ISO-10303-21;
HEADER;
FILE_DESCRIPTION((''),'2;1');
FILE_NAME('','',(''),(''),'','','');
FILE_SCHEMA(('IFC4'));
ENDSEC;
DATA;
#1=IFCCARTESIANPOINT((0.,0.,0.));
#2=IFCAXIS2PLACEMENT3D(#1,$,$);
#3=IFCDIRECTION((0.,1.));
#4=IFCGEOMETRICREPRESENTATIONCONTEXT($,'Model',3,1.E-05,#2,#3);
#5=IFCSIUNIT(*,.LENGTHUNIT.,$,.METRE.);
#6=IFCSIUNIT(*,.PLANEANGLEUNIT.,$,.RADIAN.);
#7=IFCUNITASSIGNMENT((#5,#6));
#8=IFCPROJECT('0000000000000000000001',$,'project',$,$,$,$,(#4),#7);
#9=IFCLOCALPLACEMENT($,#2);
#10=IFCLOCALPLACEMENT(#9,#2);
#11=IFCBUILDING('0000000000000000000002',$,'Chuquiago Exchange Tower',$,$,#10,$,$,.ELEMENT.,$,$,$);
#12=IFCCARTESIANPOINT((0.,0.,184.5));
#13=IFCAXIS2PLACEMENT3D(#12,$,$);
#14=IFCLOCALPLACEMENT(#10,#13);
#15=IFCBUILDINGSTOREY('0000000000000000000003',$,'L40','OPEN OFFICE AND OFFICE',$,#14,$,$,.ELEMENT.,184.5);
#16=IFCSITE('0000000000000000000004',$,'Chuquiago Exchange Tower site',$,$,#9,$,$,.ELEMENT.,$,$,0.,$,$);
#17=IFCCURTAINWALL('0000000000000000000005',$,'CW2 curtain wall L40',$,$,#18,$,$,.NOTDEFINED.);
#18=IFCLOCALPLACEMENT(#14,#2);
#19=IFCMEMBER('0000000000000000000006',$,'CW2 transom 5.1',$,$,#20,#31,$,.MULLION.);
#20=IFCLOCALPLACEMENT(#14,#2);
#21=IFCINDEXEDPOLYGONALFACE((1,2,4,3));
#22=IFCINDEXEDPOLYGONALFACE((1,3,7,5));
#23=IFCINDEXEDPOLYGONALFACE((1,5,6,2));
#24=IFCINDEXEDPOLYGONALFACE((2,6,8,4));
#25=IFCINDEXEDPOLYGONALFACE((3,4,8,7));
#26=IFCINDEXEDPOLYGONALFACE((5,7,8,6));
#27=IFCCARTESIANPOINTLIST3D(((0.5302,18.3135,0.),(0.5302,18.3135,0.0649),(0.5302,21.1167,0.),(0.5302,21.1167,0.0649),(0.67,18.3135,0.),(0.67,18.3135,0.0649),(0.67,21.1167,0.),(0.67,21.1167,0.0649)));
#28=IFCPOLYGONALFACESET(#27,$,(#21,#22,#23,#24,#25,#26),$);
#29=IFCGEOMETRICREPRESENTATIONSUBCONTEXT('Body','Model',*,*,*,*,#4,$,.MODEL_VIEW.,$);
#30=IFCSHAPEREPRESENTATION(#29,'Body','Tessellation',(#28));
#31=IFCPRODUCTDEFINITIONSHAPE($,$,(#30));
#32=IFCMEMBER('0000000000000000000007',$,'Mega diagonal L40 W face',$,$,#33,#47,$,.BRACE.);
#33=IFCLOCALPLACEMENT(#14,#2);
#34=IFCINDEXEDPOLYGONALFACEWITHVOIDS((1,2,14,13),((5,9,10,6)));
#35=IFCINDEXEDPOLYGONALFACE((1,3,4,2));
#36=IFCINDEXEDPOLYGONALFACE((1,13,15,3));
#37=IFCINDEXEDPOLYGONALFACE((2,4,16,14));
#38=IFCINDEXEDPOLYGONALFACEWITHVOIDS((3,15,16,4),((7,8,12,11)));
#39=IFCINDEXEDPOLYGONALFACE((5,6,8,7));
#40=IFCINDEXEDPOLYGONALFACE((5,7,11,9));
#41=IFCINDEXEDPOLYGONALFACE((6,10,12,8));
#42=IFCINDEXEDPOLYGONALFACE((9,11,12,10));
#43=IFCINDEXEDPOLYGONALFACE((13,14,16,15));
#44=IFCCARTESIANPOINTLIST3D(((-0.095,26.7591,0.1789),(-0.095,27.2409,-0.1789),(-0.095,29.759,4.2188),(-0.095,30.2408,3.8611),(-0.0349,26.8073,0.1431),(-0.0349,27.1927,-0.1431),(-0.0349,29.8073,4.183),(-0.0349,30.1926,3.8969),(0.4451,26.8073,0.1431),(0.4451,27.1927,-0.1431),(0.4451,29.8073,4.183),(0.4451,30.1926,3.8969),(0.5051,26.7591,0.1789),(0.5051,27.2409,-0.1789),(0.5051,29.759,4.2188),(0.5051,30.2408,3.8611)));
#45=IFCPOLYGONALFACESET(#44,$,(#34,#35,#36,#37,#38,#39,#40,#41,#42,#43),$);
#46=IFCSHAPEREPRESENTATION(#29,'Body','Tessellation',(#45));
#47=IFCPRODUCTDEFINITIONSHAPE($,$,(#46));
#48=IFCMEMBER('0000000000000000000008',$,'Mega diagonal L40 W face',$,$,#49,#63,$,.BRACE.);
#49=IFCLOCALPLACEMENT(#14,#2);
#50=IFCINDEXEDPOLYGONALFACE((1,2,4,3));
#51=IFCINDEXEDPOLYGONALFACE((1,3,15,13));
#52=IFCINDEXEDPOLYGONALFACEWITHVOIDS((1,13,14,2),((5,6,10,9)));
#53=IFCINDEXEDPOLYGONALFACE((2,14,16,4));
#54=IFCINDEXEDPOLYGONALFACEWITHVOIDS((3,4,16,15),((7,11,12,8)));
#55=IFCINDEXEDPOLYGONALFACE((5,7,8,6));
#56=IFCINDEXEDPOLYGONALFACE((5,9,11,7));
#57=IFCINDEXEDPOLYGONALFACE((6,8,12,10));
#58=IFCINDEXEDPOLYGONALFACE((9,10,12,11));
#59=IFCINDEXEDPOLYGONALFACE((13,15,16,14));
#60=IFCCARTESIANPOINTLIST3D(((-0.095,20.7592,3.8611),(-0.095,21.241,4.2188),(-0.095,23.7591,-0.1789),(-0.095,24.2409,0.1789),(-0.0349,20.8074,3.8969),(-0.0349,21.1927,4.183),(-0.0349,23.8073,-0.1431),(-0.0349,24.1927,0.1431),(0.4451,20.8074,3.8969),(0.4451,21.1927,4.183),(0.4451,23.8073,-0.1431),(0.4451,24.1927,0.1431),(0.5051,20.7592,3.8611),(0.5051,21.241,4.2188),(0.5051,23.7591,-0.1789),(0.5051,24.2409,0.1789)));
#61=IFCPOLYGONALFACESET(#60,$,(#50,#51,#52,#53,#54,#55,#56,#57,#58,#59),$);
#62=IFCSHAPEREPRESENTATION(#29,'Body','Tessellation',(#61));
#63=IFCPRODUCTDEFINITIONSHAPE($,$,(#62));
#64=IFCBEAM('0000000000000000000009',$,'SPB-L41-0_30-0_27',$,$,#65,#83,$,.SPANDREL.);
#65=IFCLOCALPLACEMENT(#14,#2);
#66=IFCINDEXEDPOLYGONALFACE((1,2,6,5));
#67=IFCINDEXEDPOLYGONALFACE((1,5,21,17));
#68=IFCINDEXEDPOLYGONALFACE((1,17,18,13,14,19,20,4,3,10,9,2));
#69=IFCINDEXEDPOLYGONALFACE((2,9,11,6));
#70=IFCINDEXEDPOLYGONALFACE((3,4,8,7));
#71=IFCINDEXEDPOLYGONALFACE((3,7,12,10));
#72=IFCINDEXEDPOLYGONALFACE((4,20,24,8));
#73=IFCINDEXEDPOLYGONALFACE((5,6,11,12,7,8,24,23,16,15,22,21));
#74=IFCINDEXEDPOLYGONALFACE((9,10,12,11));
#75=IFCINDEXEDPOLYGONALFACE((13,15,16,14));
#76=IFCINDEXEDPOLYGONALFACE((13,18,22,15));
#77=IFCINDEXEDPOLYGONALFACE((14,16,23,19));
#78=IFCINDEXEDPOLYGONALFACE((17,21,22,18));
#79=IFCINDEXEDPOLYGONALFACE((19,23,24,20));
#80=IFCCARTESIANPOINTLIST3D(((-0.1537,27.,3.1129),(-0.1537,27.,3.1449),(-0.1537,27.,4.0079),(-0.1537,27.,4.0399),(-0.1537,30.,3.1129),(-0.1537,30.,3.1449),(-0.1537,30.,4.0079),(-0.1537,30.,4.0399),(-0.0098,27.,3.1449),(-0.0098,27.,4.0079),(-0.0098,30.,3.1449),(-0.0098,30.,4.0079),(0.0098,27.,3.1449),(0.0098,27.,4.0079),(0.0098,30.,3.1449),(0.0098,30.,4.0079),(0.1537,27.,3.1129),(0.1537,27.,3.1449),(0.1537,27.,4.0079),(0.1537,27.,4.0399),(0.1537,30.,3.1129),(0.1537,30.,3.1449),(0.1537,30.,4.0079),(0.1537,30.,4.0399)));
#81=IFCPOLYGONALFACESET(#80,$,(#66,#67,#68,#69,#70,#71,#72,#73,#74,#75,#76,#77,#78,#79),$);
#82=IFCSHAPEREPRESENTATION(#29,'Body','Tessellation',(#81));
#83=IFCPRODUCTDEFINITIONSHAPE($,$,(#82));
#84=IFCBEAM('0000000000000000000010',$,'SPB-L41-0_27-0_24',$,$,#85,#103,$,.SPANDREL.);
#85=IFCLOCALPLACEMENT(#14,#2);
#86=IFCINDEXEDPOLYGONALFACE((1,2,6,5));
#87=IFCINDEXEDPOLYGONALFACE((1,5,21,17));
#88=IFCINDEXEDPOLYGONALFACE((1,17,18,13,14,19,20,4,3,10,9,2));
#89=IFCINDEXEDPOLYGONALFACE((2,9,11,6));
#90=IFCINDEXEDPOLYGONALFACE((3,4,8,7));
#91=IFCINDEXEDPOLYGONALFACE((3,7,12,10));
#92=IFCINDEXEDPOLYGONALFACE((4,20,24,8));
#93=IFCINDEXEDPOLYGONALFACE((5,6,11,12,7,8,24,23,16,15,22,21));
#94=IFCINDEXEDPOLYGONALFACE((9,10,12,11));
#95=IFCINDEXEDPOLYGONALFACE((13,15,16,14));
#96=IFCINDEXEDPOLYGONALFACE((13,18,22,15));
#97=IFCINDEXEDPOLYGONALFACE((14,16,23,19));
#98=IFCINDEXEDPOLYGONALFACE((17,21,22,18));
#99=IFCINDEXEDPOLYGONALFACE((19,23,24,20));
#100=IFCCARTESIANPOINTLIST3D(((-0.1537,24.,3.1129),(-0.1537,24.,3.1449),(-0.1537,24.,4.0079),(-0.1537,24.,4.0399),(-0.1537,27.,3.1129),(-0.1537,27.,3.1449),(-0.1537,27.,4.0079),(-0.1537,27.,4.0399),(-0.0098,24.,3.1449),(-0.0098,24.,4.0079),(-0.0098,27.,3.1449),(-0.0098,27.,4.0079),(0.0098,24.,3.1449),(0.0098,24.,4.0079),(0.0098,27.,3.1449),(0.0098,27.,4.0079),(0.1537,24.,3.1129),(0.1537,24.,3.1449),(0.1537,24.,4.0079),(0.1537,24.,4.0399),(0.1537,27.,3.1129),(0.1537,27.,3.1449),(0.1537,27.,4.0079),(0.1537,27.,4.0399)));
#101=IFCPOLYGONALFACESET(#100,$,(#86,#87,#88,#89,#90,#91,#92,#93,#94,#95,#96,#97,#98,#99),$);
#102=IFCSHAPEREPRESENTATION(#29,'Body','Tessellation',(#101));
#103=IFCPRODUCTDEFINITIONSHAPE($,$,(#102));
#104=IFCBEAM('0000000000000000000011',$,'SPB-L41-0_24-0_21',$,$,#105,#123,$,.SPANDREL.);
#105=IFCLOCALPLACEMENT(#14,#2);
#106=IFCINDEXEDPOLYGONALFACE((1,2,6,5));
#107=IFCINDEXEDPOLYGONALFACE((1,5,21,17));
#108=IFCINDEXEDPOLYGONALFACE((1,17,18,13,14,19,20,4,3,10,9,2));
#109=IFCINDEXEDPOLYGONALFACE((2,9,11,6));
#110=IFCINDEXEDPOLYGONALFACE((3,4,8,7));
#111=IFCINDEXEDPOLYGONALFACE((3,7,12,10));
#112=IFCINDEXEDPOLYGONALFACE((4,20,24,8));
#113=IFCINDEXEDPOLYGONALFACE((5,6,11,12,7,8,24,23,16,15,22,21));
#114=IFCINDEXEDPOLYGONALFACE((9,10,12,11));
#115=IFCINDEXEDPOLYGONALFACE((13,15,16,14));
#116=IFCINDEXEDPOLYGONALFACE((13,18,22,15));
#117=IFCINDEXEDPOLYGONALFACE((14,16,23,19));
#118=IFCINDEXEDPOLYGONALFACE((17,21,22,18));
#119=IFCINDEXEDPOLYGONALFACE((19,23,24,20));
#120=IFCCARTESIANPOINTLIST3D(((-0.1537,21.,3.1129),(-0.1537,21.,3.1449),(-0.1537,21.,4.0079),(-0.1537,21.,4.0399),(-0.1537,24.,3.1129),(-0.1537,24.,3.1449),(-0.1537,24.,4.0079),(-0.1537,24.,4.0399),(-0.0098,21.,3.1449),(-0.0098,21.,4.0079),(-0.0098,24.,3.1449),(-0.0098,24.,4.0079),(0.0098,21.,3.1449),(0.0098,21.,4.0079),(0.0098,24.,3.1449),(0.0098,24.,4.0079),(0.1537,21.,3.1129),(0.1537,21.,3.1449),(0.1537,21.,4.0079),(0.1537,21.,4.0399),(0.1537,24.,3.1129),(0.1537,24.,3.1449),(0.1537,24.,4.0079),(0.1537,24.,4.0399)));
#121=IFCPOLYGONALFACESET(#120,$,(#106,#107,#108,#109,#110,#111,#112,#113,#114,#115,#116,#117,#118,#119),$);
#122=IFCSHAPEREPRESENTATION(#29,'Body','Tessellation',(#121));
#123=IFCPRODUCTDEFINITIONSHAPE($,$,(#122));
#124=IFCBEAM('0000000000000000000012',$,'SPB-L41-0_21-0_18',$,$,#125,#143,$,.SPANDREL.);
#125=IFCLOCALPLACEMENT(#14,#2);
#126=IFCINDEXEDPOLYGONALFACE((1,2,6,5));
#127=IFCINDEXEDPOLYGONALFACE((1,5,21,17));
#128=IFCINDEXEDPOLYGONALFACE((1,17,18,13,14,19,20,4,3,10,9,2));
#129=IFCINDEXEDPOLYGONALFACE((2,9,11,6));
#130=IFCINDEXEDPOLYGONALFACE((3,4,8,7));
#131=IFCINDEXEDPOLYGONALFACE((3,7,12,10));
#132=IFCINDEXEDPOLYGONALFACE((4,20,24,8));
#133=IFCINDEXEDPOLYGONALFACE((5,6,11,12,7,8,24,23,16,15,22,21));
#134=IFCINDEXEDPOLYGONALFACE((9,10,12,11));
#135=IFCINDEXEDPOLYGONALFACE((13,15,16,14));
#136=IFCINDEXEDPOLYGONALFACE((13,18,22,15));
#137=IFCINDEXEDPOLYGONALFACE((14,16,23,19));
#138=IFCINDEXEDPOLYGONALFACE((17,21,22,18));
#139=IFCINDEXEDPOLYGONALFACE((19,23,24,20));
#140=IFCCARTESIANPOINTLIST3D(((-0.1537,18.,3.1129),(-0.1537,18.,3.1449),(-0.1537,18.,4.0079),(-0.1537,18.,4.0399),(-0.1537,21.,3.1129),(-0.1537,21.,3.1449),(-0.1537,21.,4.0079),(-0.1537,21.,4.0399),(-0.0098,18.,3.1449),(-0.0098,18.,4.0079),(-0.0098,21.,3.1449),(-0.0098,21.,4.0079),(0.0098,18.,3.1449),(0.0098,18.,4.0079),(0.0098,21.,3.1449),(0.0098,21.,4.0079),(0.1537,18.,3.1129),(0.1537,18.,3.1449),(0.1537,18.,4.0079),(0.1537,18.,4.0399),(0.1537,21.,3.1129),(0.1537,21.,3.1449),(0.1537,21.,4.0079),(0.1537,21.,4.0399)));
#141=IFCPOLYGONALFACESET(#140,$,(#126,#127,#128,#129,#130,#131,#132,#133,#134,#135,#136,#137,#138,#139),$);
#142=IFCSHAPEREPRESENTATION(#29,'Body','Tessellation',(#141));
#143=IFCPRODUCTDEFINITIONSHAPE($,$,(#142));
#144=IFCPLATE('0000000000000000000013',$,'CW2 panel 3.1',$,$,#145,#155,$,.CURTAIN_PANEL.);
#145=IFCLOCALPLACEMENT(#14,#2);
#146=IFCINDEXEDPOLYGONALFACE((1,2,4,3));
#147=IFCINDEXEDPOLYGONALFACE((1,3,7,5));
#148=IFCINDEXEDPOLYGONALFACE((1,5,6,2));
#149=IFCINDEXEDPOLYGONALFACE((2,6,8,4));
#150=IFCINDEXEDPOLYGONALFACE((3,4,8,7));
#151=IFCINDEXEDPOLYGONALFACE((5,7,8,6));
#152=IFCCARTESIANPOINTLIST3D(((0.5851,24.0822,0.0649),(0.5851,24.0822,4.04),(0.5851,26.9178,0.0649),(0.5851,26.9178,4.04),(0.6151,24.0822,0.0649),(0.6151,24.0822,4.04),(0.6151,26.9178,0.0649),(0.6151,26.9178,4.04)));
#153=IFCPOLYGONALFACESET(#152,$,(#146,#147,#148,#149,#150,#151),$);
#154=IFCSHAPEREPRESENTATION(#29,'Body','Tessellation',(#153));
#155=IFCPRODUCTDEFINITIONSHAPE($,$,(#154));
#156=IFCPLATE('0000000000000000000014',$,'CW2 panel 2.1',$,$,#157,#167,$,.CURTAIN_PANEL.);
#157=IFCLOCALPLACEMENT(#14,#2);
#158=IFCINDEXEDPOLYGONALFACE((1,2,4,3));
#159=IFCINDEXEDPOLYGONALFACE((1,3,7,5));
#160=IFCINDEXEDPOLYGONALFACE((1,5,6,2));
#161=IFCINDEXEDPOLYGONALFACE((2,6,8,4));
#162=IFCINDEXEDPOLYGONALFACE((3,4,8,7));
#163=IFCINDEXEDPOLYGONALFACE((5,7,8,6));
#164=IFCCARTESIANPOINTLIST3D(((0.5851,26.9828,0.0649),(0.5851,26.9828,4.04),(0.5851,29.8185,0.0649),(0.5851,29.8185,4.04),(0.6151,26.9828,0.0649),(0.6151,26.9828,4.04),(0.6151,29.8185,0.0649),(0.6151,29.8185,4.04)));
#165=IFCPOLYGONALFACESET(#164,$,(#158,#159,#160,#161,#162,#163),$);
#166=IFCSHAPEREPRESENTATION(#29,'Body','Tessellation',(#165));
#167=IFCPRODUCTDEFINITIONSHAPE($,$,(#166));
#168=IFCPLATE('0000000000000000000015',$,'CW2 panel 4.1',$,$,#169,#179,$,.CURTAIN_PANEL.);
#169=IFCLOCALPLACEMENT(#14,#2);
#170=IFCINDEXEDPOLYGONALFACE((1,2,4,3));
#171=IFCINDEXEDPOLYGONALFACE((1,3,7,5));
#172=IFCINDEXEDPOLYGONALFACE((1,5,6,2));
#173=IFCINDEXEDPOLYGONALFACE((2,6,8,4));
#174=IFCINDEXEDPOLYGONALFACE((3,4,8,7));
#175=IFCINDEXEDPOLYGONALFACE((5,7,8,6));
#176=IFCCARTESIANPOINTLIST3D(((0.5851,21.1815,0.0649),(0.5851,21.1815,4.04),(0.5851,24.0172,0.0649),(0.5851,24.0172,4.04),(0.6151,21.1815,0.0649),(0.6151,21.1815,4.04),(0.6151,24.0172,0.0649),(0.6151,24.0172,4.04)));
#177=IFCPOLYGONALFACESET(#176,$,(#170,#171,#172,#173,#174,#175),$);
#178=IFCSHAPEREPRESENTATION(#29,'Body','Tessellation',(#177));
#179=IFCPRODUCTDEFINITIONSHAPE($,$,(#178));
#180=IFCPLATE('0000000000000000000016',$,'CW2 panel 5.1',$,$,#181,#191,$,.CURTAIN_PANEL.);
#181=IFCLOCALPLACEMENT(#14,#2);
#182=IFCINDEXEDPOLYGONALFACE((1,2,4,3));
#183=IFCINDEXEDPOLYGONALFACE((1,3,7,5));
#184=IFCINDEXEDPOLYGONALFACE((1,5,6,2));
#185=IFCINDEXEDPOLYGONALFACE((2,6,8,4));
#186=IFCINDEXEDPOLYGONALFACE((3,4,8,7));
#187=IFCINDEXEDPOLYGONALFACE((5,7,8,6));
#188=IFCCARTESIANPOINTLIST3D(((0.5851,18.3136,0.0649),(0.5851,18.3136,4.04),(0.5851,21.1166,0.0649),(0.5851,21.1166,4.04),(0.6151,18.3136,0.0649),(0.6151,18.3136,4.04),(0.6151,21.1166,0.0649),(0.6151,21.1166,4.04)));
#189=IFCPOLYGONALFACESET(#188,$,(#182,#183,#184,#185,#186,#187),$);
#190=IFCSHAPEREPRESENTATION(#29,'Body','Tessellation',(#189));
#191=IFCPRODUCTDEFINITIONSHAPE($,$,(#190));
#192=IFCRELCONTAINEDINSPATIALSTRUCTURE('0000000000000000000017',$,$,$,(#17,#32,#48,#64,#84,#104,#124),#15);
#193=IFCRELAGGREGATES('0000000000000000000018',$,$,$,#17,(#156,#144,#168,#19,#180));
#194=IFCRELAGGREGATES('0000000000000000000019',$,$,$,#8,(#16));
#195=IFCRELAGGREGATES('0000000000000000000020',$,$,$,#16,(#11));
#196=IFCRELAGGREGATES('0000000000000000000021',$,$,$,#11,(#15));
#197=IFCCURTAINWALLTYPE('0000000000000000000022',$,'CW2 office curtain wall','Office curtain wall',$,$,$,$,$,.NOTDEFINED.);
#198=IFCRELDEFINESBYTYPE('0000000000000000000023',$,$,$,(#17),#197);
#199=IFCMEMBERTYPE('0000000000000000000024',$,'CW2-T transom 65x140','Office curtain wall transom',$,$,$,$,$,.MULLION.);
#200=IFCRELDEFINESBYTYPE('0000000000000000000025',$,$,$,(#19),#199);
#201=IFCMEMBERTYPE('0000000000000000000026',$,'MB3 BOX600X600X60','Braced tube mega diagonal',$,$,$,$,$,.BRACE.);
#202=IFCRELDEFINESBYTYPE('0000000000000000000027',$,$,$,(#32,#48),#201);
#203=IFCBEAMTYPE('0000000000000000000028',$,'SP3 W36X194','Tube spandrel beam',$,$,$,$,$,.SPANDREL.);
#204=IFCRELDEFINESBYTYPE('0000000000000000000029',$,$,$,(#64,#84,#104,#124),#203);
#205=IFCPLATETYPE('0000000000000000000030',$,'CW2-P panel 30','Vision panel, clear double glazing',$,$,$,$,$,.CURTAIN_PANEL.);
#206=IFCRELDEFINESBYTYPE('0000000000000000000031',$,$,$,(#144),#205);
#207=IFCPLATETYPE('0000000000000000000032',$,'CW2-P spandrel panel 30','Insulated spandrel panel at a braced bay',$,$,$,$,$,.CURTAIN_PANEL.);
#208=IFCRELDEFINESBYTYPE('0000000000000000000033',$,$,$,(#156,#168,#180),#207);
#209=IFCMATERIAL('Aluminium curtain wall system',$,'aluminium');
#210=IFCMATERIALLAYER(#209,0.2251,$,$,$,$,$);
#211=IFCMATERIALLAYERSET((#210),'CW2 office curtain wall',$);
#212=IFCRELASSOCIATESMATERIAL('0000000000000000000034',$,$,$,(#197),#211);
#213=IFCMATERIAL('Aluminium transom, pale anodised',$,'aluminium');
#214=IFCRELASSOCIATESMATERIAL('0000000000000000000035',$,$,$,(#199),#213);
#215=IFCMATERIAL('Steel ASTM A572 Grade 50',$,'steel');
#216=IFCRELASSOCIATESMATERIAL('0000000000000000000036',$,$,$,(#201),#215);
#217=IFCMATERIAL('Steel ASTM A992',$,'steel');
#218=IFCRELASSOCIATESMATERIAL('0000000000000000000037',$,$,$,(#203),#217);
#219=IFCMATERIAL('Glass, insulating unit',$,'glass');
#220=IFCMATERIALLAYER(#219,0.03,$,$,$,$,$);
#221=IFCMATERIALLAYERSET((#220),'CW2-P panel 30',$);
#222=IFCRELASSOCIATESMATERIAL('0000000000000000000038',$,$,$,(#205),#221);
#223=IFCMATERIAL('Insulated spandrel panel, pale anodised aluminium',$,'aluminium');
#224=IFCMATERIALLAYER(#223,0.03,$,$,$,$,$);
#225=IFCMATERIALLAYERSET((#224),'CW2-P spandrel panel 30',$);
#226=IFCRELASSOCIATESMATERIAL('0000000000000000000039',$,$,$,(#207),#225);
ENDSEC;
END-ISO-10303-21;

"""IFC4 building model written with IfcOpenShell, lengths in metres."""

from ifc_helpers import new_model, si_unit, direction, frame, origin, origin_2d, place, context, subcontext, project, spatial, rectangle, hollow_rectangle, i_section, extrude, material, layer, layer_set, material_profile, profile_set, type_object, element, aggregate, save


model = new_model("IFC4")

# Units and contexts
model_context = context("Model", 3, precision=1e-05, world=origin(), true_north=direction((0.0, 1.0)))
body_context = subcontext(model_context, "Body", "Model", "MODEL_VIEW")
ifc_project = project(units=[si_unit("LENGTHUNIT", "METRE"), si_unit("PLANEANGLEUNIT", "RADIAN")], contexts=[model_context])

# Site, building, storey
site_placement = place(None, origin())
site = spatial("IfcSite", under=ifc_project, at=site_placement, Name="Chuquiago Exchange Tower site", CompositionType="ELEMENT", RefElevation=0.0)
building_placement = place(site_placement, origin())
building = spatial("IfcBuilding", under=site, at=building_placement, Name="Chuquiago Exchange Tower", CompositionType="ELEMENT")
storey_placement = place(building_placement, frame((0.0, 0.0, 184.5)))
storey = spatial("IfcBuildingStorey", under=building, at=storey_placement, Name="L40", Description="OPEN OFFICE AND OFFICE", CompositionType="ELEMENT", Elevation=184.5)

# Curtain wall, member
ifc_material_1 = material(Name="Aluminium curtain wall system", Category="aluminium")
ifc_layer_1 = layer(ifc_material_1, 0.2251)
ifc_layer_set_1 = layer_set([ifc_layer_1], Name="CW2 office curtain wall")
curtain_wall_type = type_object("IfcCurtainWallType", Name="CW2 office curtain wall", Description="Office curtain wall", PredefinedType="NOTDEFINED", material=ifc_layer_set_1)
curtain_wall_placement = place(storey_placement, origin())
curtain_wall = element("IfcCurtainWall", 1, at=curtain_wall_placement, inside=storey, type_object=curtain_wall_type, Name="CW2 curtain wall L40", PredefinedType="NOTDEFINED")
ifc_material_2 = material(Name="Aluminium transom, pale anodised", Category="aluminium")
ifc_material_profile_1 = material_profile(ifc_material_2, rectangle(XDim=0.1399, YDim=0.0649, at=origin_2d()), Name="AL 140x65")
ifc_profile_set_1 = profile_set([ifc_material_profile_1], Name="Aluminium transom, pale anodised")
member_type_1 = type_object("IfcMemberType", Name="CW2-T transom 65x140", Description="Office curtain wall transom", PredefinedType="MULLION", material=ifc_profile_set_1)
member_1_placement = place(storey_placement, frame((0.6001, 21.1167, 0.0325), z_axis=(0.0, -1.0, 0.0), x_axis=(1.0, 0.0, 0.0)))
member_1 = element("IfcMember", 2, at=member_1_placement, type_object=member_type_1, Name="CW2 transom 5.1", PredefinedType="MULLION", context=body_context, shape_type="SweptSolid", body=[
    extrude(rectangle(XDim=0.1399, YDim=0.0649, at=origin_2d()), origin(), (0.0, 0.0, 1.0), 2.8032),
])

# Members
ifc_material_3 = material(Name="Steel ASTM A572 Grade 50", Category="steel")
ifc_material_profile_2 = material_profile(ifc_material_3, hollow_rectangle(XDim=0.6001, YDim=0.6001, WallThickness=0.0601, at=origin_2d()), Name="BOX600X600X60")
ifc_profile_set_2 = profile_set([ifc_material_profile_2], Name="Steel ASTM A572 Grade 50")
member_type_2 = type_object("IfcMemberType", Name="MB3 BOX600X600X60", Description="Braced tube mega diagonal", PredefinedType="BRACE", material=ifc_profile_set_2)
for number, where, z_axis, x_axis, name in (
    (3, (0.2051, 27.0, 0.0), (0.0, 0.596174, 0.802855), (-1.0, 0.0, 0.0), "Mega diagonal L40 W face"),
    (4, (0.2051, 24.0, 0.0), (0.0, -0.596174, 0.802855), (1.0, 0.0, 0.0), "Mega diagonal L40 W face"),
):
    element("IfcMember", number, at=place(storey_placement, frame(where, z_axis=z_axis, x_axis=x_axis)), inside=storey, type_object=member_type_2, Name=name, PredefinedType="BRACE", context=body_context, shape_type="SweptSolid", body=[
        extrude(hollow_rectangle(XDim=0.6001, YDim=0.6001, WallThickness=0.0601, at=origin_2d()), origin(), (0.0, 0.0, 1.0), 5.032),
    ])

# Beams
ifc_material_4 = material(Name="Steel ASTM A992", Category="steel")
ifc_material_profile_3 = material_profile(ifc_material_4, i_section(OverallWidth=0.3074, OverallDepth=0.927, WebThickness=0.0195, FlangeThickness=0.032, at=origin_2d()), Name="W36X194")
ifc_profile_set_3 = profile_set([ifc_material_profile_3], Name="Steel ASTM A992")
beam_type = type_object("IfcBeamType", Name="SP3 W36X194", Description="Tube spandrel beam", PredefinedType="SPANDREL", material=ifc_profile_set_3)
for number, where, z_axis, x_axis, name in (
    (5, (0.0, 30.0, 3.5764), (0.0, -1.0, 0.0), (1.0, 0.0, 0.0), "SPB-L41-0_30-0_27"),
    (6, (0.0, 27.0, 3.5764), (0.0, -1.0, 0.0), (1.0, 0.0, 0.0), "SPB-L41-0_27-0_24"),
    (7, (0.0, 24.0, 3.5764), (0.0, -1.0, 0.0), (1.0, 0.0, 0.0), "SPB-L41-0_24-0_21"),
    (8, (0.0, 21.0, 3.5764), (0.0, -1.0, 0.0), (1.0, 0.0, 0.0), "SPB-L41-0_21-0_18"),
):
    element("IfcBeam", number, at=place(storey_placement, frame(where, z_axis=z_axis, x_axis=x_axis)), inside=storey, type_object=beam_type, Name=name, PredefinedType="SPANDREL", context=body_context, shape_type="SweptSolid", body=[
        extrude(i_section(OverallWidth=0.3074, OverallDepth=0.927, WebThickness=0.0195, FlangeThickness=0.032, at=origin_2d()), origin(), (0.0, 0.0, 1.0), 3.0),
    ])

# Plates
ifc_material_5 = material(Name="Glass, insulating unit", Category="glass")
ifc_layer_2 = layer(ifc_material_5, 0.03)
ifc_layer_set_2 = layer_set([ifc_layer_2], Name="CW2-P panel 30")
plate_type_1 = type_object("IfcPlateType", Name="CW2-P panel 30", Description="Vision panel, clear double glazing", PredefinedType="CURTAIN_PANEL", material=ifc_layer_set_2)
plate_1_placement = place(storey_placement, frame((0.6001, 25.5, 0.0649), z_axis=(0.0, 0.0, 1.0), x_axis=(0.0, -1.0, 0.0)))
plate_1 = element("IfcPlate", 9, at=plate_1_placement, type_object=plate_type_1, Name="CW2 panel 3.1", PredefinedType="CURTAIN_PANEL", context=body_context, shape_type="SweptSolid", body=[
    extrude(rectangle(XDim=2.8357, YDim=0.03, at=origin_2d()), origin(), (0.0, 0.0, 1.0), 3.9751),
])
ifc_material_6 = material(Name="Insulated spandrel panel, pale anodised aluminium", Category="aluminium")
ifc_layer_3 = layer(ifc_material_6, 0.03)
ifc_layer_set_3 = layer_set([ifc_layer_3], Name="CW2-P spandrel panel 30")
plate_type_2 = type_object("IfcPlateType", Name="CW2-P spandrel panel 30", Description="Insulated spandrel panel at a braced bay", PredefinedType="CURTAIN_PANEL", material=ifc_layer_set_3)
plate_2_placement = place(storey_placement, frame((0.6001, 28.4006, 0.0649), z_axis=(0.0, 0.0, 1.0), x_axis=(0.0, -1.0, 0.0)))
plate_2 = element("IfcPlate", 10, at=plate_2_placement, type_object=plate_type_2, Name="CW2 panel 2.1", PredefinedType="CURTAIN_PANEL", context=body_context, shape_type="SweptSolid", body=[
    extrude(rectangle(XDim=2.8357, YDim=0.03, at=origin_2d()), origin(), (0.0, 0.0, 1.0), 3.9751),
])
plate_3_placement = place(storey_placement, frame((0.6001, 22.5994, 0.0649), z_axis=(0.0, 0.0, 1.0), x_axis=(0.0, -1.0, 0.0)))
plate_3 = element("IfcPlate", 11, at=plate_3_placement, type_object=plate_type_2, Name="CW2 panel 4.1", PredefinedType="CURTAIN_PANEL", context=body_context, shape_type="SweptSolid", body=[
    extrude(rectangle(XDim=2.8357, YDim=0.03, at=origin_2d()), origin(), (0.0, 0.0, 1.0), 3.9751),
])
plate_4_placement = place(storey_placement, frame((0.6001, 19.7151, 0.0649), z_axis=(0.0, 0.0, 1.0), x_axis=(0.0, -1.0, 0.0)))
plate_4 = element("IfcPlate", 12, at=plate_4_placement, type_object=plate_type_2, Name="CW2 panel 5.1", PredefinedType="CURTAIN_PANEL", context=body_context, shape_type="SweptSolid", body=[
    extrude(rectangle(XDim=2.803, YDim=0.03, at=origin_2d()), origin(), (0.0, 0.0, 1.0), 3.9751),
])
aggregate(curtain_wall, [plate_2, plate_1, plate_3, member_1, plate_4])

save(model, "model.ifc")
